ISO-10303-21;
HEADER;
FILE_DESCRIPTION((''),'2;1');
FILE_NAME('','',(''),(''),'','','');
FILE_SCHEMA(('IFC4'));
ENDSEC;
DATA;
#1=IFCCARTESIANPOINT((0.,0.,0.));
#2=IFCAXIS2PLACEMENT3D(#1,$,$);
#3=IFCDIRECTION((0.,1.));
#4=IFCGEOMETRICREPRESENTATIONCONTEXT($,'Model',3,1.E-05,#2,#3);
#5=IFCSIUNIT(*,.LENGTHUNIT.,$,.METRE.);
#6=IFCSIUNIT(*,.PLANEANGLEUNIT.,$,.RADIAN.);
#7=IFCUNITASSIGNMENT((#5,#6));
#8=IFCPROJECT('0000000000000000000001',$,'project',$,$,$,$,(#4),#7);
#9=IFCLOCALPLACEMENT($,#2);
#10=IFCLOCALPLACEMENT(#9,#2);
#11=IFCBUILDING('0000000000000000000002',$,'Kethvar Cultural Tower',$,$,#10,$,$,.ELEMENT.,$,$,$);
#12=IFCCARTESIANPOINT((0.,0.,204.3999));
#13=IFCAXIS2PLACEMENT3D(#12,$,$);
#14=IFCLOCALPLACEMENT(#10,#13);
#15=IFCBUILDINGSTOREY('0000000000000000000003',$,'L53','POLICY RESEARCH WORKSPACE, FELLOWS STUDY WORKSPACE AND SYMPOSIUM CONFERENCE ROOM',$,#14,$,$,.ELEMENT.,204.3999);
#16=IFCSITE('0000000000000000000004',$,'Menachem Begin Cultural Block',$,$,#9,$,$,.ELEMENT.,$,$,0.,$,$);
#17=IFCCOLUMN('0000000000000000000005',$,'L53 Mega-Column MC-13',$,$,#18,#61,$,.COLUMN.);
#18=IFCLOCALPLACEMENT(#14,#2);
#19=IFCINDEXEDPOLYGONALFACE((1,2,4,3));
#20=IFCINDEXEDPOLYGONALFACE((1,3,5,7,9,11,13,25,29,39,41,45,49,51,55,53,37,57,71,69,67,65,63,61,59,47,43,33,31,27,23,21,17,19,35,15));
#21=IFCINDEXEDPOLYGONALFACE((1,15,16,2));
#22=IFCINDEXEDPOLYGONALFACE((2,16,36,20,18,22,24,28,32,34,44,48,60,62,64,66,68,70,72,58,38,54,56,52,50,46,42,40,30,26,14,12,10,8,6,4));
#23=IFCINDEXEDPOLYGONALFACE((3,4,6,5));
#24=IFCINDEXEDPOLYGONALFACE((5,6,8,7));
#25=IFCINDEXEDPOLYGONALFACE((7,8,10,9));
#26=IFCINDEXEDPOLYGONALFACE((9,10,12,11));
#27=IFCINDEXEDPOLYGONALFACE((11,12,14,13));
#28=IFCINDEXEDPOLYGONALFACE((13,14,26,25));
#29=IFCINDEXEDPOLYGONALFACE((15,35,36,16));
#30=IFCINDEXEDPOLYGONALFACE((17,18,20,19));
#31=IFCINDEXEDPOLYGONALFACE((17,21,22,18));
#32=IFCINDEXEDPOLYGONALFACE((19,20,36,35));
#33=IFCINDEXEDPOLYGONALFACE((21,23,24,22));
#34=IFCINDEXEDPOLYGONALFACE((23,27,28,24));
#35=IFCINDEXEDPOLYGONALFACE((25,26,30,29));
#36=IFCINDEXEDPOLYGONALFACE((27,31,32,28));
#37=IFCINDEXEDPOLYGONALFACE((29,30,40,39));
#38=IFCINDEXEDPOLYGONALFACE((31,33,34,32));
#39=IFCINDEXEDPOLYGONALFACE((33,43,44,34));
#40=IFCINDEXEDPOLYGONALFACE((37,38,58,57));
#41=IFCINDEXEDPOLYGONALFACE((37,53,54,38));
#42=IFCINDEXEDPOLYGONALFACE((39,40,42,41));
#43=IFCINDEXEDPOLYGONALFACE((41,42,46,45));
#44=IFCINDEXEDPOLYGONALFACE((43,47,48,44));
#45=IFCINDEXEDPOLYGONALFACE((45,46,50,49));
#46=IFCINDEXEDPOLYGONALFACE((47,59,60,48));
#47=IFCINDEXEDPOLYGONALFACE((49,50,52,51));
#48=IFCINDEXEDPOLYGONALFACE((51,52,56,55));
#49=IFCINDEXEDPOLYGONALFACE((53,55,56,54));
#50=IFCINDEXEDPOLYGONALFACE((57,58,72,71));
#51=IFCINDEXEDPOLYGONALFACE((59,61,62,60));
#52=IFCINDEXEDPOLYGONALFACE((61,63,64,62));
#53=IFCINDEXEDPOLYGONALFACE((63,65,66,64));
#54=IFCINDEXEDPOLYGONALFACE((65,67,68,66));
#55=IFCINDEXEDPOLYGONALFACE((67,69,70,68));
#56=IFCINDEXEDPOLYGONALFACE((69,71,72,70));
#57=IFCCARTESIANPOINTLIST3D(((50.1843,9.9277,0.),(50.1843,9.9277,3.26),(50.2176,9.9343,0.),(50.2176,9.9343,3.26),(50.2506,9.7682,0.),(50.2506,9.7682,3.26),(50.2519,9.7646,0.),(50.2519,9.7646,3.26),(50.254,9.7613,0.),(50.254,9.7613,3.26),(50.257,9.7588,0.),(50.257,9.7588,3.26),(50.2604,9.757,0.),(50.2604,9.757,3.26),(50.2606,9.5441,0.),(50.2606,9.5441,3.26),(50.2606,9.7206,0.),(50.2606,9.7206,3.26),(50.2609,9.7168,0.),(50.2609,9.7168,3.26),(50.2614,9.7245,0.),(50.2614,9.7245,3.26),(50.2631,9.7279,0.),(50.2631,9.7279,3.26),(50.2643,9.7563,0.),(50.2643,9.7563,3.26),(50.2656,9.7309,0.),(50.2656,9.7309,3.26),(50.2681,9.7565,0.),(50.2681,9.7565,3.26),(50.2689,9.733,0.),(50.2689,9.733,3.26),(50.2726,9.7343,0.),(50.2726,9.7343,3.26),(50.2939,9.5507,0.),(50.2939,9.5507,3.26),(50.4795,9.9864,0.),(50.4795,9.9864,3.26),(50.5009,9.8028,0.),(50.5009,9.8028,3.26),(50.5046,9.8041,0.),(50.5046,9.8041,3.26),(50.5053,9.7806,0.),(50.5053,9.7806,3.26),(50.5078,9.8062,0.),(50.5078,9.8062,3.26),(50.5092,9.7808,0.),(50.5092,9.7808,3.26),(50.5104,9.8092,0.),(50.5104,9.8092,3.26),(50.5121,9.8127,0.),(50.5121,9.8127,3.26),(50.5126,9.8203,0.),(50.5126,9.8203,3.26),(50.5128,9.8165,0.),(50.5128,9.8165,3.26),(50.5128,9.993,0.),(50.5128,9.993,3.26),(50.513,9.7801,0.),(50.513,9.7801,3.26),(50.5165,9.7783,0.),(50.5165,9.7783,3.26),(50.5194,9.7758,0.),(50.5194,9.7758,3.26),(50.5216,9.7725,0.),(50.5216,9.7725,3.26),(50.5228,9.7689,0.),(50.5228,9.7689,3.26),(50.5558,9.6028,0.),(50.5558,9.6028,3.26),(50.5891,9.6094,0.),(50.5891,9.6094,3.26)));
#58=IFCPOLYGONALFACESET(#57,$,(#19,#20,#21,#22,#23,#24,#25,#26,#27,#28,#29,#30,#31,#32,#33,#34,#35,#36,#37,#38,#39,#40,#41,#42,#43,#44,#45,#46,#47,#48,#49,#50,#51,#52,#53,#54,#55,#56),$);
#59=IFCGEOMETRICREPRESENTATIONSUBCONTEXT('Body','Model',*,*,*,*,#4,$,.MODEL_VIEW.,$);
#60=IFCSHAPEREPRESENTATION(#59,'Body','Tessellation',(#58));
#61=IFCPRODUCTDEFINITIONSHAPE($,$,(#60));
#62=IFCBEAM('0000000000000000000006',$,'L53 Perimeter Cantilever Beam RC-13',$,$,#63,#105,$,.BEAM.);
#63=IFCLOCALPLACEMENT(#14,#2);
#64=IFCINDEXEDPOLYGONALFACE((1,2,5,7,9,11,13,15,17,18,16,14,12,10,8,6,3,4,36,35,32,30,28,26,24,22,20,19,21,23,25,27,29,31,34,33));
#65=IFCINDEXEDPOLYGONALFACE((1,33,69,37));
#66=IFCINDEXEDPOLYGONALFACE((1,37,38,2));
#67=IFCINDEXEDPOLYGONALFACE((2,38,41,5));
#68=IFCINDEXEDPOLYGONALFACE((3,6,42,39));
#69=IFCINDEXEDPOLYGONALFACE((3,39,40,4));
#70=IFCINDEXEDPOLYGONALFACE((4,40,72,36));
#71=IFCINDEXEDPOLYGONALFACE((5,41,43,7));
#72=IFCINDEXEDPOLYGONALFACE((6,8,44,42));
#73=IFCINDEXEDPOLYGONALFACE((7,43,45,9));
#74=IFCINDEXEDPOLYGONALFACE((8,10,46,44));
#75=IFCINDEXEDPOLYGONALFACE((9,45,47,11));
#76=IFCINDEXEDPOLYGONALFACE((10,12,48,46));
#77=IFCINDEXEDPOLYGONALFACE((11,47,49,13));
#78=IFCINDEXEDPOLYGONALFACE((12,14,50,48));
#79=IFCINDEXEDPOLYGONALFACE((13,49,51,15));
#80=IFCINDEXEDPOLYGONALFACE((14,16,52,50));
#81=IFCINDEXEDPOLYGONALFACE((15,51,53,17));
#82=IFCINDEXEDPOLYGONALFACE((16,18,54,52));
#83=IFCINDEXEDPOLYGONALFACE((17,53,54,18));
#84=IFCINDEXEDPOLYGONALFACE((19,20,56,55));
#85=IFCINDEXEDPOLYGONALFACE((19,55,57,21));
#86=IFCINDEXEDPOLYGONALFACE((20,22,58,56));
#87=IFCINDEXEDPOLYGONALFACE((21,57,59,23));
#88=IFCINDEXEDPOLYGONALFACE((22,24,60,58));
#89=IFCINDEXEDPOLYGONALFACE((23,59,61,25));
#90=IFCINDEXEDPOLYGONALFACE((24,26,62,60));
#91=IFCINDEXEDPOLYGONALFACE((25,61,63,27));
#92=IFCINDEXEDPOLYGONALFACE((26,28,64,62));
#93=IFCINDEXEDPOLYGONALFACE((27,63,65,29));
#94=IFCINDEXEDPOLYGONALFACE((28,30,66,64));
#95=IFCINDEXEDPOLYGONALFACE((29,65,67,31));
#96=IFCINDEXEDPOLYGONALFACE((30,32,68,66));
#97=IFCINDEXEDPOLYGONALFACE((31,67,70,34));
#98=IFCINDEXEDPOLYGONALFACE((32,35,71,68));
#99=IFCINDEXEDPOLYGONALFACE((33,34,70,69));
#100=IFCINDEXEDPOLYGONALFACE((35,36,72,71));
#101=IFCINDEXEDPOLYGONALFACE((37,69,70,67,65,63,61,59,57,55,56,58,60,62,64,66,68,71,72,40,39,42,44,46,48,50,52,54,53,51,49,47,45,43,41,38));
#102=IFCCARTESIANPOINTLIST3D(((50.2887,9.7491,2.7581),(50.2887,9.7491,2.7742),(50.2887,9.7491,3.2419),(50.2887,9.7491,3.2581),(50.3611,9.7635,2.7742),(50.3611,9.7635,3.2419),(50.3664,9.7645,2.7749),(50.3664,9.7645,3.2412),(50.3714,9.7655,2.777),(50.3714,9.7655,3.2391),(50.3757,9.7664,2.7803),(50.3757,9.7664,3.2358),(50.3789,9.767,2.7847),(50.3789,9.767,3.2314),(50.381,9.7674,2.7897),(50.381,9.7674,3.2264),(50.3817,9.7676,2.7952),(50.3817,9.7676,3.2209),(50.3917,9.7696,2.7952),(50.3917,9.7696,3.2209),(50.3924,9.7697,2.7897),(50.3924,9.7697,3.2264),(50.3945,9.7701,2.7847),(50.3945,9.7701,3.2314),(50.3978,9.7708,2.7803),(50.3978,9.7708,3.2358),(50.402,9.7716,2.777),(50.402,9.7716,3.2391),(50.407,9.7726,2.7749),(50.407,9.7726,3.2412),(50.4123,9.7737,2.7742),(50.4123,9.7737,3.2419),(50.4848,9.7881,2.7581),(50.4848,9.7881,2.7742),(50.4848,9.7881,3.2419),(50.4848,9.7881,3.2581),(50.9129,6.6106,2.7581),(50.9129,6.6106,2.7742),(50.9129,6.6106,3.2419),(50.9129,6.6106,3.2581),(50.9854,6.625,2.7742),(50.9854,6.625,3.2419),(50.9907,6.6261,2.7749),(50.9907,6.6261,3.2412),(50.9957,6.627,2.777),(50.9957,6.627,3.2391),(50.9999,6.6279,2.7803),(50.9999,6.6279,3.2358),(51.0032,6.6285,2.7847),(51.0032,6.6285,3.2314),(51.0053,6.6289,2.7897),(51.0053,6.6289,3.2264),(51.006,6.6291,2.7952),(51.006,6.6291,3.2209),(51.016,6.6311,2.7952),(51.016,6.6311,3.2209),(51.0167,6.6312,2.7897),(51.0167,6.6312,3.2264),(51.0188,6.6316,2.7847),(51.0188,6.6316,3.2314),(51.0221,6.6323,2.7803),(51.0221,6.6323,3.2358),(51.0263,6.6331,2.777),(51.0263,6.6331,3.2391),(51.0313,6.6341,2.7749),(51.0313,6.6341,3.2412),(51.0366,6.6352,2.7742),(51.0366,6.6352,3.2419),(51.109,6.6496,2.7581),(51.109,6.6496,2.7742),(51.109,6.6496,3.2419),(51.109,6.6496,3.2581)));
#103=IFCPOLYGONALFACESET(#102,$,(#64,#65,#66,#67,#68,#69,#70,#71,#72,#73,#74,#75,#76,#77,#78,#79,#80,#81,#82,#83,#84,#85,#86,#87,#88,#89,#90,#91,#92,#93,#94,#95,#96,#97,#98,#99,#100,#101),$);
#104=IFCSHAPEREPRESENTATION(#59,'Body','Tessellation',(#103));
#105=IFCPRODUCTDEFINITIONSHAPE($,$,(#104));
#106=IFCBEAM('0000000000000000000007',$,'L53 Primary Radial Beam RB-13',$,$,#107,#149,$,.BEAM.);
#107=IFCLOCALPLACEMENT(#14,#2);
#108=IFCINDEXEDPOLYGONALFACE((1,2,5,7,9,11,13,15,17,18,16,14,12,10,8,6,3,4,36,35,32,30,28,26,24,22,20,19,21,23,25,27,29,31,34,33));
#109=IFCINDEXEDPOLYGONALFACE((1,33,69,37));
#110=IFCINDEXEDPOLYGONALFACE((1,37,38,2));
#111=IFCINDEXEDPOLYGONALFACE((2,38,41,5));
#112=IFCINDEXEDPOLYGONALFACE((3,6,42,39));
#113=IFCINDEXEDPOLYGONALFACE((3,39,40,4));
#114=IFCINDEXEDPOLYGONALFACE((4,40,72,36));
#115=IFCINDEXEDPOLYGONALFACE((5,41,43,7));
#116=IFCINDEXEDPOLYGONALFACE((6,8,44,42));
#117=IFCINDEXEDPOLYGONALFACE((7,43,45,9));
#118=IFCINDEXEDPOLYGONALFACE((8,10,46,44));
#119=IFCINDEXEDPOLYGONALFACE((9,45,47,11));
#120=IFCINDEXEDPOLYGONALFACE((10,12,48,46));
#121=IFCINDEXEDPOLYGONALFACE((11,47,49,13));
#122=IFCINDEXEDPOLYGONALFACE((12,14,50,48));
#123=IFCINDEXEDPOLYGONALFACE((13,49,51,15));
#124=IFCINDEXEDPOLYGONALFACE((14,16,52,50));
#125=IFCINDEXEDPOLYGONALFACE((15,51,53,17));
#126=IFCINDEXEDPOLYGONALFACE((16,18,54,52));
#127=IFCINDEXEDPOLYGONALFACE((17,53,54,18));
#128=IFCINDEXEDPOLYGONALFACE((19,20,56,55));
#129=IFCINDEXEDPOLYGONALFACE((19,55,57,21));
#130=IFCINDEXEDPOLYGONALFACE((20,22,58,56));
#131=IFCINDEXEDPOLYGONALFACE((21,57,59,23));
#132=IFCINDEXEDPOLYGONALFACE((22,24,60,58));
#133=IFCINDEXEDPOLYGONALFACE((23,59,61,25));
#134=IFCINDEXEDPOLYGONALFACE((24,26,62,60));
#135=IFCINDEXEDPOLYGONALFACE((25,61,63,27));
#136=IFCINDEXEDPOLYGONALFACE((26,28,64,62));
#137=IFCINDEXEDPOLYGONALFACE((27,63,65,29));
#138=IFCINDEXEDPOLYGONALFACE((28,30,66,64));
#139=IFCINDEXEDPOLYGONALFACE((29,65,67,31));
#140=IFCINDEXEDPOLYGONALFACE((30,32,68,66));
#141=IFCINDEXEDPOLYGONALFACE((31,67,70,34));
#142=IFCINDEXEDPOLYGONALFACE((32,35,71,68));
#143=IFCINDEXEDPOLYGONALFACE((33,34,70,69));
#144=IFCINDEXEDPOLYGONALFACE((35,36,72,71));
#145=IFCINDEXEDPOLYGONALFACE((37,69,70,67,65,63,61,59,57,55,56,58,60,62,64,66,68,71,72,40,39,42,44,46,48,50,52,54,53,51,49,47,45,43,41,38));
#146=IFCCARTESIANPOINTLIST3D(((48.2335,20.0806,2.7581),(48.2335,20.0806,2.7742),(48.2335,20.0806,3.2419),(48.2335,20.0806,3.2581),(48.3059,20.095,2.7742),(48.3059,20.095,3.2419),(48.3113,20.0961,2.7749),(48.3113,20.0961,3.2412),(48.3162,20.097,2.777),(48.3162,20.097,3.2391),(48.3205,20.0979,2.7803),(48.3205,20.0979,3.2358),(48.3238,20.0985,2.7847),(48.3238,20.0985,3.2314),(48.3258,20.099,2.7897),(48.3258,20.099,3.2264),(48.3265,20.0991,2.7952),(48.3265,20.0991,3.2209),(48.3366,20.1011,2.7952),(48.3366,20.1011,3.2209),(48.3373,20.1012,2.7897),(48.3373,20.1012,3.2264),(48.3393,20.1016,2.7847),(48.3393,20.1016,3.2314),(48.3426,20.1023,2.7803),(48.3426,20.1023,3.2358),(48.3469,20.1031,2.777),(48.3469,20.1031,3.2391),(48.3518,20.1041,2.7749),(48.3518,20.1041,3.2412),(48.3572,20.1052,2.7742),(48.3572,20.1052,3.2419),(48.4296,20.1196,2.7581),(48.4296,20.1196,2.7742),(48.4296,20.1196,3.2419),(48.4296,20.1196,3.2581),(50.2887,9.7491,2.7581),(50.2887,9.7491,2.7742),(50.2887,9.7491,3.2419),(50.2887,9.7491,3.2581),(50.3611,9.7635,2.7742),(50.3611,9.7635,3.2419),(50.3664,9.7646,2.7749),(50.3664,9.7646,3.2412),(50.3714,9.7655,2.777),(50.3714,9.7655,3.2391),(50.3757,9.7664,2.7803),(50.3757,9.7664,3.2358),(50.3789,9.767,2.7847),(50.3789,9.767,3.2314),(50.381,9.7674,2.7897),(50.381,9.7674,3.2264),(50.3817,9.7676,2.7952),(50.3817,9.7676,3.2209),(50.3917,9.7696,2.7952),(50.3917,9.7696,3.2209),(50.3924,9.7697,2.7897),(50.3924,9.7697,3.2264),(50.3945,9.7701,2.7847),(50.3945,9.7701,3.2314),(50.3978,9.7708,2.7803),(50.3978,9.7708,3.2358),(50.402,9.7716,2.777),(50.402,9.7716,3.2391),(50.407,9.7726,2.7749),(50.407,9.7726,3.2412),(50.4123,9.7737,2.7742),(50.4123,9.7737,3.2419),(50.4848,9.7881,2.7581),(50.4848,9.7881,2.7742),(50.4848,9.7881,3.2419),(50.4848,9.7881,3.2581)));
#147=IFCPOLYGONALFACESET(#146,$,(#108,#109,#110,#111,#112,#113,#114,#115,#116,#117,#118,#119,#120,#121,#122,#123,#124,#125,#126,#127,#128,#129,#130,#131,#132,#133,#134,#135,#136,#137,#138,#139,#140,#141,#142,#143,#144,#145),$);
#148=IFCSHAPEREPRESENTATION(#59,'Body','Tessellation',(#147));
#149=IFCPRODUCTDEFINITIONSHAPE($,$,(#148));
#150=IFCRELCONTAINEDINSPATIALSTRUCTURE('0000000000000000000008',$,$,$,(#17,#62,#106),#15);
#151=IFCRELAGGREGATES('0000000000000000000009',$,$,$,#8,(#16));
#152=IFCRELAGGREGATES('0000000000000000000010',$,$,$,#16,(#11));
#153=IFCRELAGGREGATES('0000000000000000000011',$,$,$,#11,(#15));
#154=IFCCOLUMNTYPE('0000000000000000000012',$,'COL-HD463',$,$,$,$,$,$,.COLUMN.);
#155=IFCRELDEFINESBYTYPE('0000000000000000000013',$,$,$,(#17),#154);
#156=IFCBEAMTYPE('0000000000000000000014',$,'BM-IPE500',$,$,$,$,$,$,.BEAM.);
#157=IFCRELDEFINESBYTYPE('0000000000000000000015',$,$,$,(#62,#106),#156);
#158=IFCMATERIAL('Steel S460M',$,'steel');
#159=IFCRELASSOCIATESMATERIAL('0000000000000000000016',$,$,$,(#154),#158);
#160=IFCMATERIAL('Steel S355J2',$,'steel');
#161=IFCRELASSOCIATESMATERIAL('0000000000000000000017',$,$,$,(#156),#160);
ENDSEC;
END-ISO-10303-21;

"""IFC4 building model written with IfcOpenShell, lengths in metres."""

from ifc_helpers import new_model, si_unit, direction, frame, origin, origin_2d, place, context, subcontext, project, spatial, i_section, extrude, source, transform, mapped, material, material_profile, profile_set, type_object, element, save


model = new_model("IFC4")

# Units and contexts
model_context = context("Model", 3, precision=1e-05, world=origin(), true_north=direction((0.0, 1.0)))
body_context = subcontext(model_context, "Body", "Model", "MODEL_VIEW")
ifc_project = project(units=[si_unit("LENGTHUNIT", "METRE"), si_unit("PLANEANGLEUNIT", "RADIAN")], contexts=[model_context])

# Site, building, storey
site_placement = place(None, origin())
site = spatial("IfcSite", under=ifc_project, at=site_placement, Name="Menachem Begin Cultural Block", CompositionType="ELEMENT", RefElevation=0.0)
building_placement = place(site_placement, origin())
building = spatial("IfcBuilding", under=site, at=building_placement, Name="Kethvar Cultural Tower", CompositionType="ELEMENT")
storey_placement = place(building_placement, frame((0.0, 0.0, 204.3999)))
storey = spatial("IfcBuildingStorey", under=building, at=storey_placement, Name="L53", Description="POLICY RESEARCH WORKSPACE, FELLOWS STUDY WORKSPACE AND SYMPOSIUM CONFERENCE ROOM", CompositionType="ELEMENT", Elevation=204.3999)

# Column
ifc_material_1 = material(Name="Steel S460M", Category="steel")
ifc_material_profile_1 = material_profile(ifc_material_1, i_section(OverallWidth=0.3911, OverallDepth=0.335, WebThickness=0.0227, FlangeThickness=0.0339, FilletRadius=0.0149, at=origin_2d()), Name="Steel S460M — HD400x463")
ifc_profile_set_1 = profile_set([ifc_material_profile_1], Name="Steel S460M — HD400x463")
column_type = type_object("IfcColumnType", Name="COL-HD463", PredefinedType="COLUMN", material=ifc_profile_set_1)
shared_shape_1 = source(origin(), body_context, "Body", "SweptSolid", [
    extrude(i_section(OverallWidth=0.3911, OverallDepth=0.335, WebThickness=0.0227, FlangeThickness=0.0339, FilletRadius=0.0149, at=origin_2d()), origin(), (0.0, 0.0, 1.0), 3.26),
])
column_placement = place(storey_placement, frame((50.3867, 9.7686, 0.0), z_axis=(0.0, 0.0, 1.0), x_axis=(0.19509, -0.980785, 0.0)))
element("IfcColumn", 1, at=column_placement, inside=storey, type_object=column_type, Name="L53 Mega-Column MC-13", PredefinedType="COLUMN", context=body_context, shape_type="MappedRepresentation", body=[
    mapped(shared_shape_1, transform((0.0, 0.0, 0.0), scale=1.0)),
])

# Beams
ifc_material_2 = material(Name="Steel S355J2", Category="steel")
ifc_material_profile_2 = material_profile(ifc_material_2, i_section(OverallWidth=0.2, OverallDepth=0.5, WebThickness=0.0103, FlangeThickness=0.0161, FilletRadius=0.021, at=origin_2d()), Name="Steel S355J2 — IPE500")
ifc_profile_set_2 = profile_set([ifc_material_profile_2], Name="Steel S355J2 — IPE500")
beam_type_1 = type_object("IfcBeamType", Name="BM-IPE500", PredefinedType="BEAM", material=ifc_profile_set_2)
shared_shape_2 = source(origin(), body_context, "Body", "SweptSolid", [
    extrude(i_section(OverallWidth=0.2, OverallDepth=0.5, WebThickness=0.0103, FlangeThickness=0.0161, FilletRadius=0.021, at=origin_2d()), origin(), (0.0, 0.0, 1.0), 3.2),
])
beam_1_placement = place(storey_placement, frame((50.3867, 9.7686, 3.0081), z_axis=(0.195089, -0.980786, 0.0), x_axis=(0.980786, 0.195089, 0.0)))
element("IfcBeam", 2, at=beam_1_placement, inside=storey, type_object=beam_type_1, Name="L53 Perimeter Cantilever Beam RC-13", PredefinedType="BEAM", context=body_context, shape_type="MappedRepresentation", body=[
    mapped(shared_shape_2, transform((0.0, 0.0, 0.0), scale=1.0)),
])
shared_shape_3 = source(origin(), body_context, "Body", "SweptSolid", [
    extrude(i_section(OverallWidth=0.2, OverallDepth=0.5, WebThickness=0.0103, FlangeThickness=0.0161, FilletRadius=0.021, at=origin_2d()), origin(), (0.0, 0.0, 1.0), 10.5339),
])
beam_2_placement = place(storey_placement, frame((48.3315, 20.1001, 3.0081), z_axis=(0.1951, -0.980783, 0.0), x_axis=(0.980783, 0.1951, 0.0)))
element("IfcBeam", 3, at=beam_2_placement, inside=storey, type_object=beam_type_1, Name="L53 Primary Radial Beam RB-13", PredefinedType="BEAM", context=body_context, shape_type="MappedRepresentation", body=[
    mapped(shared_shape_3, transform((0.0, 0.0, 0.0), scale=1.0)),
])

save(model, "model.ifc")
